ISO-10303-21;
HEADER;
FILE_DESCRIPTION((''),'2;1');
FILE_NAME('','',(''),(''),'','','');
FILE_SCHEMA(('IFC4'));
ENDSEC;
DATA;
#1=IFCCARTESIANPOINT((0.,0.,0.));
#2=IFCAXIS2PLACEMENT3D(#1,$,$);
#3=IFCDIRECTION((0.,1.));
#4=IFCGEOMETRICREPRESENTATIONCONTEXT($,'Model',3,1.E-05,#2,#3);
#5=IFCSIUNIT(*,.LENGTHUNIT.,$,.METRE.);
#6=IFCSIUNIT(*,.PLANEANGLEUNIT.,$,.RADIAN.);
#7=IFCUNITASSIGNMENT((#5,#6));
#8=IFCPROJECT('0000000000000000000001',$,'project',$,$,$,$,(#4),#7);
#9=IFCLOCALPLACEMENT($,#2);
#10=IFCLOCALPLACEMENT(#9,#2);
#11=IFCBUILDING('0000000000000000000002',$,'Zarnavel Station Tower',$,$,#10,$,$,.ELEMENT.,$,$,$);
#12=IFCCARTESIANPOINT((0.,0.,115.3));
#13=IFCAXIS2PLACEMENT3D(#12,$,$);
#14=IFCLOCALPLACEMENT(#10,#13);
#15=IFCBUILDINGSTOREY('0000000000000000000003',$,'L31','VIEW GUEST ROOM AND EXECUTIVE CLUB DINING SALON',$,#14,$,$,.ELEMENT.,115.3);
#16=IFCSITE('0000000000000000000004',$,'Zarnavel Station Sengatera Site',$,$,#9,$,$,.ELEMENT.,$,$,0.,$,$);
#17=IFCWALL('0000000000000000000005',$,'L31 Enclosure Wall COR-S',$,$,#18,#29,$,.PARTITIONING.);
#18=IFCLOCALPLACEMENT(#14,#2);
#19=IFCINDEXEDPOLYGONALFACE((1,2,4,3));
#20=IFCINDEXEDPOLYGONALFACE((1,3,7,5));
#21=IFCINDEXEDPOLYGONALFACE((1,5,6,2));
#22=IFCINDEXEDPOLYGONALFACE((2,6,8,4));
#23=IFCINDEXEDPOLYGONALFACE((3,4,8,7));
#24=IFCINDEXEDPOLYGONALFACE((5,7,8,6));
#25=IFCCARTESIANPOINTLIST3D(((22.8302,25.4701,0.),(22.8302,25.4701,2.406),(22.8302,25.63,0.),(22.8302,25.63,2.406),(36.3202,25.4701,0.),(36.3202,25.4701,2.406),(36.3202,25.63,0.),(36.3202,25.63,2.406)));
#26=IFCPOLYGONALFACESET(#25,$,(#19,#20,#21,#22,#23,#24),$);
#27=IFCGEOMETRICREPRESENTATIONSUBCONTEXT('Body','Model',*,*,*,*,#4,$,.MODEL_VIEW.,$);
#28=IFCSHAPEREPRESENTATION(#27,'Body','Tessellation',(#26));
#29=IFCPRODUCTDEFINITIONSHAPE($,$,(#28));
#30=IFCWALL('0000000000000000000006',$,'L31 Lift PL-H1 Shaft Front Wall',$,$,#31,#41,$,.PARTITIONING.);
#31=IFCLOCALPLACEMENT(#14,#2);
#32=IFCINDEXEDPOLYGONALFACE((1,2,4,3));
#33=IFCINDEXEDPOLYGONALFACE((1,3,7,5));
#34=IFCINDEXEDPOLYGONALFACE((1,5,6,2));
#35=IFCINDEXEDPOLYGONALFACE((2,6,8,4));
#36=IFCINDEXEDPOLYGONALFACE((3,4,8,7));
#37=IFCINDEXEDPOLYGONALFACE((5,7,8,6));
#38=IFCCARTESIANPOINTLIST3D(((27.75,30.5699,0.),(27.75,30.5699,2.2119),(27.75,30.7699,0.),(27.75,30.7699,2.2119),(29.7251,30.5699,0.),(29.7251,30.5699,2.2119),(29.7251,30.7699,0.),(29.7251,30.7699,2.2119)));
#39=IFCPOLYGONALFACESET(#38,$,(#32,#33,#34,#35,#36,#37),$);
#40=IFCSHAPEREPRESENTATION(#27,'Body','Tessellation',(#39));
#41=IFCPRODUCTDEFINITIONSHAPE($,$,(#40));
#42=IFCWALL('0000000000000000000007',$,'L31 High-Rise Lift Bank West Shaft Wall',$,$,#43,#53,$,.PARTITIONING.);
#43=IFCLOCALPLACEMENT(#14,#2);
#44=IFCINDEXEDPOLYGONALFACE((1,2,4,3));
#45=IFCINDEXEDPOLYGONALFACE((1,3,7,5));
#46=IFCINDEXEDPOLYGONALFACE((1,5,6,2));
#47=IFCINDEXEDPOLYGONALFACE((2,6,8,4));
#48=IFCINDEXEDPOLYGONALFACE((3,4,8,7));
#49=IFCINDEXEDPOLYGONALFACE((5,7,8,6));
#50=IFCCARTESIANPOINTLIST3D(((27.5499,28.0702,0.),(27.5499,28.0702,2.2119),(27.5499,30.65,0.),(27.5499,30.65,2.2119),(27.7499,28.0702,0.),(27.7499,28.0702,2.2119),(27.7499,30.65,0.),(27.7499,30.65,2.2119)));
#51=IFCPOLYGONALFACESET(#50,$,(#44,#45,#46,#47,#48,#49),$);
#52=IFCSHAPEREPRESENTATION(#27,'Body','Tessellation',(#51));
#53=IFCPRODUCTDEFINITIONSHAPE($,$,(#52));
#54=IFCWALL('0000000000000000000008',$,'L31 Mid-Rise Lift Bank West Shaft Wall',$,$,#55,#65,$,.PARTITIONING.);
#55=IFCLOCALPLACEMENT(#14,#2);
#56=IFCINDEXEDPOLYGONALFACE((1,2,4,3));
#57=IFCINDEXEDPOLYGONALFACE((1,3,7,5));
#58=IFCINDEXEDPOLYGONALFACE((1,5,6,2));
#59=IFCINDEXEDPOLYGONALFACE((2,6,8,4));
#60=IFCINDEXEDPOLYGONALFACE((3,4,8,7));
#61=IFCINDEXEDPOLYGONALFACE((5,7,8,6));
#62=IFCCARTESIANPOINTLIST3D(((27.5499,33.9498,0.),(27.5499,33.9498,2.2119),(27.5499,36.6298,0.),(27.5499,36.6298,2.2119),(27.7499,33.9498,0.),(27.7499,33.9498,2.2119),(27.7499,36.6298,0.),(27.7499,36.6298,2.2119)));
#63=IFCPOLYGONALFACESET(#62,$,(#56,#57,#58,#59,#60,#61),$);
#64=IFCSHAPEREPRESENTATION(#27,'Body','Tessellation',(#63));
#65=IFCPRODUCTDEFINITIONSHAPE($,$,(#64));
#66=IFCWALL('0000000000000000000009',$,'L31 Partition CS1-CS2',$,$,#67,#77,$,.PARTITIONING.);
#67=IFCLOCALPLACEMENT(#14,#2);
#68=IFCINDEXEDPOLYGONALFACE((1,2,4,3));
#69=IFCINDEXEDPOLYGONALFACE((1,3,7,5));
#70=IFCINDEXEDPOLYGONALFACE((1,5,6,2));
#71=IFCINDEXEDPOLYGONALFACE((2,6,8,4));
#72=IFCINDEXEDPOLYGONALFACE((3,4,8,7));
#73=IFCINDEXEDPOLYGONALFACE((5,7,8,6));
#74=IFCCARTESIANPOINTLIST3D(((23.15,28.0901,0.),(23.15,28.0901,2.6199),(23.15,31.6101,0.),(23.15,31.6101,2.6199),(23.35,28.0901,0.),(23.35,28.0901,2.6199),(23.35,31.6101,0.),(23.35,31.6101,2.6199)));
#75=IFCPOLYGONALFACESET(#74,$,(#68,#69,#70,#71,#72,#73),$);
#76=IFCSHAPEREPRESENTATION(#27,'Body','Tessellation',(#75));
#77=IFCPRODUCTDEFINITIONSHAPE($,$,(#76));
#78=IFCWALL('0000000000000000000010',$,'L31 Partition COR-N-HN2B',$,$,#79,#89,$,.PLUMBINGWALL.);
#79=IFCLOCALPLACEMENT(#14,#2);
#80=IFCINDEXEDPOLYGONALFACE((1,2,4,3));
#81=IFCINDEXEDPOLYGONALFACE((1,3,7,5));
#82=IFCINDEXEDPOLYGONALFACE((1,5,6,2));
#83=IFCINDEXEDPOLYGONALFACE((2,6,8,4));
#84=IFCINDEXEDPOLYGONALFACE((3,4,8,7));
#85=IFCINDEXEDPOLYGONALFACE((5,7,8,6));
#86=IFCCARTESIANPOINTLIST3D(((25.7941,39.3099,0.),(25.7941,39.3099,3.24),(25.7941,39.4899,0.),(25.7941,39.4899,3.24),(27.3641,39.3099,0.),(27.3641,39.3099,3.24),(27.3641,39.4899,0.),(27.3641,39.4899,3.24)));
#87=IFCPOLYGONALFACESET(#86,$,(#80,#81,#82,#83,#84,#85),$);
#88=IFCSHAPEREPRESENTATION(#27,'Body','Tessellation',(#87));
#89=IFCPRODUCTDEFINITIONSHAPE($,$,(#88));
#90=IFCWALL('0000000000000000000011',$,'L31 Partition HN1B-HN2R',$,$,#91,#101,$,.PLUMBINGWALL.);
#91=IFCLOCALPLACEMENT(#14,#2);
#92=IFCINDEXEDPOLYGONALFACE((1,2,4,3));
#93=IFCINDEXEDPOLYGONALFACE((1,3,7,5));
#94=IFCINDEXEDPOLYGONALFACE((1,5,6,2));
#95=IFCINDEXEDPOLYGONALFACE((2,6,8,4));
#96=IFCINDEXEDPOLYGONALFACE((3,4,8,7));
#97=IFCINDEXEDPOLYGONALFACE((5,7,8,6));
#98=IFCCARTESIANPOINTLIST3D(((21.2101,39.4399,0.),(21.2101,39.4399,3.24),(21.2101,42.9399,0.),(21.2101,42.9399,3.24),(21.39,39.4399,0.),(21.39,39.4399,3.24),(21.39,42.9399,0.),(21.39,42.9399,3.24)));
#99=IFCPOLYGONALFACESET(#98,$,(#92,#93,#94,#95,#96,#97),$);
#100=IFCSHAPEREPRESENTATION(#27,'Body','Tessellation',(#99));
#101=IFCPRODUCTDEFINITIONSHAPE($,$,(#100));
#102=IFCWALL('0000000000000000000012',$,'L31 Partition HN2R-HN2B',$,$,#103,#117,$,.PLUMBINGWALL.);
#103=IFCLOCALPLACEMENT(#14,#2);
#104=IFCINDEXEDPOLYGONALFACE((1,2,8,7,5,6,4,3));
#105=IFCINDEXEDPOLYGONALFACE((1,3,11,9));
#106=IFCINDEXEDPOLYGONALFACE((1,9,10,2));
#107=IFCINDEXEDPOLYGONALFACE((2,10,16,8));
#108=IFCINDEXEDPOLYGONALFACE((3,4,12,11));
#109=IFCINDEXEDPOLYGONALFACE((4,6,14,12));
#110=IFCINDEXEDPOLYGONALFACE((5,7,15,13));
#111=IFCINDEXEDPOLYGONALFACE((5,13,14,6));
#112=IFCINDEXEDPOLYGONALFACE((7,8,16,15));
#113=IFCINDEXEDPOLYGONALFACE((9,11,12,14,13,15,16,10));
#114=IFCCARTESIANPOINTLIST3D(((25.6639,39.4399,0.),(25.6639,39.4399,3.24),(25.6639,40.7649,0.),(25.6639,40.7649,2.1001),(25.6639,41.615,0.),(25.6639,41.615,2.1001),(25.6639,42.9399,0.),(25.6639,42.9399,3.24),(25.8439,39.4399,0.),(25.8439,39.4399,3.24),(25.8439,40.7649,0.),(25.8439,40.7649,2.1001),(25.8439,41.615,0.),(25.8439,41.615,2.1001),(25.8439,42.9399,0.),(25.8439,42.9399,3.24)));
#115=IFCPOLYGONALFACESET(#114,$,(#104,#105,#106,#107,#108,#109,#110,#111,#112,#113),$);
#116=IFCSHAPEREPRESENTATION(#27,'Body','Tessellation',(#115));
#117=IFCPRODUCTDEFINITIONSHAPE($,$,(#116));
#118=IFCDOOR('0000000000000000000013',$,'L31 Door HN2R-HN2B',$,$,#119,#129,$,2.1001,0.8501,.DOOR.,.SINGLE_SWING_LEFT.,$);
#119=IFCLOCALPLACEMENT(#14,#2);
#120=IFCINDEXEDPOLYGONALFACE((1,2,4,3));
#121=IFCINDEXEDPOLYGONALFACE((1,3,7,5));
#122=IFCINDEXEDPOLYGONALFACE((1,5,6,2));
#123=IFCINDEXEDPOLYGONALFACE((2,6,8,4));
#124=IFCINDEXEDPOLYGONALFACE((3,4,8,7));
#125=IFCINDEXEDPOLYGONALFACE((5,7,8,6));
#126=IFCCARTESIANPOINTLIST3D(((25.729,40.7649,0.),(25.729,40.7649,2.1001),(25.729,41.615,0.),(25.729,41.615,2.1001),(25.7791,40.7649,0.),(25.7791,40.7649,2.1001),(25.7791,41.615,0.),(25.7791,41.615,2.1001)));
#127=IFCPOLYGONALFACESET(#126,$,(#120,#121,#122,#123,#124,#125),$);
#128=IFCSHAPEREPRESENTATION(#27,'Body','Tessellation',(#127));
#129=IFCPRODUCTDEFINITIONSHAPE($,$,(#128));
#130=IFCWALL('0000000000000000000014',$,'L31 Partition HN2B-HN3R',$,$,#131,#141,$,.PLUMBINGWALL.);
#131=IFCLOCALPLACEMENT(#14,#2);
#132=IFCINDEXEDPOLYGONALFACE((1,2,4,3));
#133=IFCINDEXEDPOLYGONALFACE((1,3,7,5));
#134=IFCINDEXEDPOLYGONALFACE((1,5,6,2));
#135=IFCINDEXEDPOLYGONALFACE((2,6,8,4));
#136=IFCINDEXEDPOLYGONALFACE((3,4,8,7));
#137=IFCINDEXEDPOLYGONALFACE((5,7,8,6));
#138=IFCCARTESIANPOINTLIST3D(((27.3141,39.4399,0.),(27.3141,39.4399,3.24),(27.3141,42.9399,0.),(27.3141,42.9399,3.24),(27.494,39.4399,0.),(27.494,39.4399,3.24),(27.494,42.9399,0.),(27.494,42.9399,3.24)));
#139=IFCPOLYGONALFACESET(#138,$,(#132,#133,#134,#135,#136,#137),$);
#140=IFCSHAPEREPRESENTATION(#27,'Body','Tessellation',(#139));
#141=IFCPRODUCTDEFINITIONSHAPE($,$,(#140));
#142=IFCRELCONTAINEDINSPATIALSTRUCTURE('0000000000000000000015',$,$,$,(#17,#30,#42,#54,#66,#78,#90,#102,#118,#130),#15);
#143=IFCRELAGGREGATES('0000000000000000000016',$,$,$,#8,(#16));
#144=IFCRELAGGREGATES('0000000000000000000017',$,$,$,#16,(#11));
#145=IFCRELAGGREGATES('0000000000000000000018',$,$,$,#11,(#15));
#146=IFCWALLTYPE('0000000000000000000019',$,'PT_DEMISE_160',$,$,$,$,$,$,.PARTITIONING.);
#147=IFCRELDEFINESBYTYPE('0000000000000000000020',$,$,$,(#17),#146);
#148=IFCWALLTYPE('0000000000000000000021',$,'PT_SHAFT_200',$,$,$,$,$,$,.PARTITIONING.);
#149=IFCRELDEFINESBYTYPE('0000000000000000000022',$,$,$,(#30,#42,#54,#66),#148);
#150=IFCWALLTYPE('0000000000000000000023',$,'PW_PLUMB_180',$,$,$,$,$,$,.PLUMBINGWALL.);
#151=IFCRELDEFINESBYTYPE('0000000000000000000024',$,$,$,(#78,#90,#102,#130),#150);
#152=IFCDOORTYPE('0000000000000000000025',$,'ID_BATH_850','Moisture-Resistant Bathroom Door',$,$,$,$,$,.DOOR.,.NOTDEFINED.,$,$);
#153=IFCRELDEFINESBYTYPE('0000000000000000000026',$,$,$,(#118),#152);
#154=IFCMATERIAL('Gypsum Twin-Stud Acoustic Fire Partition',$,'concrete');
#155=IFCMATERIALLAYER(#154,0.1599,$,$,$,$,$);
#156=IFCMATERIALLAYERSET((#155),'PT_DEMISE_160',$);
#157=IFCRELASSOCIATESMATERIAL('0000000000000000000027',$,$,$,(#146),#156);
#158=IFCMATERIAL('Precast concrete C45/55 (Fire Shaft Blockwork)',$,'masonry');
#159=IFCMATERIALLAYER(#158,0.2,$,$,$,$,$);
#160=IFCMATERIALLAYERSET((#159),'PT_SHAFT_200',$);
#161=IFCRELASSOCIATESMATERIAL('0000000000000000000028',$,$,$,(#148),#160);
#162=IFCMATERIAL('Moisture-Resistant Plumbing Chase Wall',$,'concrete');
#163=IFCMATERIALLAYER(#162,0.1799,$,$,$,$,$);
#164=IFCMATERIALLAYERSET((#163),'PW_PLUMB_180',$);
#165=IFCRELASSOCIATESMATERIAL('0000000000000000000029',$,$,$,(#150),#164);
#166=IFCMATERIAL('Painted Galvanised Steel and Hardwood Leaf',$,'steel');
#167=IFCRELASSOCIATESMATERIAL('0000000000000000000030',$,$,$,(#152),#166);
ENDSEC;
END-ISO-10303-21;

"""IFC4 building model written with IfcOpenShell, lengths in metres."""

from ifc_helpers import new_model, si_unit, direction, frame, frame_2d, origin, place, context, subcontext, project, spatial, rectangle, extrude, material, layer, layer_set, type_object, element, fill, save


model = new_model("IFC4")

# Units and contexts
model_context = context("Model", 3, precision=1e-05, world=origin(), true_north=direction((0.0, 1.0)))
body_context = subcontext(model_context, "Body", "Model", "MODEL_VIEW")
ifc_project = project(units=[si_unit("LENGTHUNIT", "METRE"), si_unit("PLANEANGLEUNIT", "RADIAN")], contexts=[model_context])

# Site, building, storey
site_placement = place(None, origin())
site = spatial("IfcSite", under=ifc_project, at=site_placement, Name="Zarnavel Station Sengatera Site", CompositionType="ELEMENT", RefElevation=0.0)
building_placement = place(site_placement, origin())
building = spatial("IfcBuilding", under=site, at=building_placement, Name="Zarnavel Station Tower", CompositionType="ELEMENT")
storey_placement = place(building_placement, frame((0.0, 0.0, 115.3)))
storey = spatial("IfcBuildingStorey", under=building, at=storey_placement, Name="L31", Description="VIEW GUEST ROOM AND EXECUTIVE CLUB DINING SALON", CompositionType="ELEMENT", Elevation=115.3)

# Shared definitions
ifc_material_1 = material(Name="Gypsum Twin-Stud Acoustic Fire Partition", Category="concrete")
ifc_layer_1 = layer(ifc_material_1, 0.1599)
ifc_layer_set_1 = layer_set([ifc_layer_1], Name="PT_DEMISE_160")
wall_type_1 = type_object("IfcWallType", Name="PT_DEMISE_160", PredefinedType="PARTITIONING", material=ifc_layer_set_1)

# Walls
wall_1_placement = place(storey_placement, frame((22.8301, 25.55, 0.0), z_axis=(0.0, 0.0, 1.0), x_axis=(1.0, 0.0, 0.0)))
element("IfcWall", 1, at=wall_1_placement, inside=storey, type_object=wall_type_1, Name="L31 Enclosure Wall COR-S", PredefinedType="PARTITIONING", context=body_context, shape_type="SweptSolid", body=[
    extrude(rectangle(XDim=13.49, YDim=0.1599, at=frame_2d((6.7451, 0.0))), origin(), (0.0, 0.0, 1.0), 2.406),
])
ifc_material_2 = material(Name="Precast concrete C45/55 (Fire Shaft Blockwork)", Category="masonry")
ifc_layer_2 = layer(ifc_material_2, 0.2)
ifc_layer_set_2 = layer_set([ifc_layer_2], Name="PT_SHAFT_200")
wall_type_2 = type_object("IfcWallType", Name="PT_SHAFT_200", PredefinedType="PARTITIONING", material=ifc_layer_set_2)
wall_2_placement = place(storey_placement, frame((27.75, 30.6699, 0.0), z_axis=(0.0, 0.0, 1.0), x_axis=(1.0, 0.0, 0.0)))
element("IfcWall", 2, at=wall_2_placement, inside=storey, type_object=wall_type_2, Name="L31 Lift PL-H1 Shaft Front Wall", PredefinedType="PARTITIONING", context=body_context, shape_type="SweptSolid", body=[
    extrude(rectangle(XDim=1.9751, YDim=0.2, at=frame_2d((0.9875, 0.0))), origin(), (0.0, 0.0, 1.0), 2.2119),
])
wall_3_placement = place(storey_placement, frame((27.6499, 28.0701, 0.0), z_axis=(0.0, 0.0, 1.0), x_axis=(0.0, 1.0, 0.0)))
element("IfcWall", 3, at=wall_3_placement, inside=storey, type_object=wall_type_2, Name="L31 High-Rise Lift Bank West Shaft Wall", PredefinedType="PARTITIONING", context=body_context, shape_type="SweptSolid", body=[
    extrude(rectangle(XDim=2.5798, YDim=0.2, at=frame_2d((1.29, 0.0))), origin(), (0.0, 0.0, 1.0), 2.2119),
])

# Wall
wall_4_placement = place(storey_placement, frame((27.6499, 33.95, 0.0), z_axis=(0.0, 0.0, 1.0), x_axis=(0.0, 1.0, 0.0)))
element("IfcWall", 4, at=wall_4_placement, inside=storey, type_object=wall_type_2, Name="L31 Mid-Rise Lift Bank West Shaft Wall", PredefinedType="PARTITIONING", context=body_context, shape_type="SweptSolid", body=[
    extrude(rectangle(XDim=2.6799, YDim=0.2, at=frame_2d((1.3398, 0.0))), origin(), (0.0, 0.0, 1.0), 2.2119),
])

# Wall
wall_5_placement = place(storey_placement, frame((23.25, 28.0901, 0.0), z_axis=(0.0, 0.0, 1.0), x_axis=(0.0, 1.0, 0.0)))
element("IfcWall", 5, at=wall_5_placement, inside=storey, type_object=wall_type_2, Name="L31 Partition CS1-CS2", PredefinedType="PARTITIONING", context=body_context, shape_type="SweptSolid", body=[
    extrude(rectangle(XDim=3.52, YDim=0.2, at=frame_2d((1.76, 0.0))), origin(), (0.0, 0.0, 1.0), 2.6199),
])

# Walls
ifc_material_3 = material(Name="Moisture-Resistant Plumbing Chase Wall", Category="concrete")
ifc_layer_3 = layer(ifc_material_3, 0.1799)
ifc_layer_set_3 = layer_set([ifc_layer_3], Name="PW_PLUMB_180")
wall_type_3 = type_object("IfcWallType", Name="PW_PLUMB_180", PredefinedType="PLUMBINGWALL", material=ifc_layer_set_3)
wall_6_placement = place(storey_placement, frame((25.7939, 39.3999, 0.0), z_axis=(0.0, 0.0, 1.0), x_axis=(1.0, 0.0, 0.0)))
element("IfcWall", 6, at=wall_6_placement, inside=storey, type_object=wall_type_3, Name="L31 Partition COR-N-HN2B", PredefinedType="PLUMBINGWALL", context=body_context, shape_type="SweptSolid", body=[
    extrude(rectangle(XDim=1.5701, YDim=0.1799, at=frame_2d((0.7852, 0.0))), origin(), (0.0, 0.0, 1.0), 3.24),
])
wall_7_placement = place(storey_placement, frame((21.3, 39.4399, 0.0), z_axis=(0.0, 0.0, 1.0), x_axis=(0.0, 1.0, 0.0)))
element("IfcWall", 7, at=wall_7_placement, inside=storey, type_object=wall_type_3, Name="L31 Partition HN1B-HN2R", PredefinedType="PLUMBINGWALL", context=body_context, shape_type="SweptSolid", body=[
    extrude(rectangle(XDim=3.5, YDim=0.1799, at=frame_2d((1.75, 0.0))), origin(), (0.0, 0.0, 1.0), 3.24),
])

# Wall, opening, door
wall_8_placement = place(storey_placement, frame((25.7539, 39.4399, 0.0), z_axis=(0.0, 0.0, 1.0), x_axis=(0.0, 1.0, 0.0)))
wall_8 = element("IfcWall", 8, at=wall_8_placement, inside=storey, type_object=wall_type_3, Name="L31 Partition HN2R-HN2B", PredefinedType="PLUMBINGWALL", context=body_context, shape_type="SweptSolid", body=[
    extrude(rectangle(XDim=3.5, YDim=0.1799, at=frame_2d((1.75, 0.0))), origin(), (0.0, 0.0, 1.0), 3.24),
])
opening_1_placement = place(wall_8_placement, frame((1.325, 0.0, 0.0)))
opening_1 = element("IfcOpeningElement", 9, at=opening_1_placement, cuts=wall_8, PredefinedType="OPENING", context=body_context, shape_type="SweptSolid", body=[
    extrude(rectangle(XDim=0.8501, YDim=2.1001, at=frame_2d((0.425, 1.05))), frame((0.0, 0.0999, 0.0), z_axis=(0.0, -1.0, 0.0), x_axis=(1.0, 0.0, 0.0)), (0.0, 0.0, 1.0), 0.2),
])
ifc_material_4 = material(Name="Painted Galvanised Steel and Hardwood Leaf", Category="steel")
door_type_1 = type_object("IfcDoorType", Name="ID_BATH_850", Description="Moisture-Resistant Bathroom Door", OperationType="NOTDEFINED", PredefinedType="DOOR", material=ifc_material_4)
door_1_placement = place(opening_1_placement, origin())
door_1 = element("IfcDoor", 10, at=door_1_placement, inside=storey, type_object=door_type_1, Name="L31 Door HN2R-HN2B", OperationType="SINGLE_SWING_LEFT", OverallHeight=2.1001, OverallWidth=0.8501, PredefinedType="DOOR", context=body_context, shape_type="SweptSolid", body=[
    extrude(rectangle(XDim=0.8501, YDim=2.1001, at=frame_2d((0.425, 1.05))), frame((0.0, 0.0249, 0.0), z_axis=(0.0, -1.0, 0.0), x_axis=(1.0, 0.0, 0.0)), (0.0, 0.0, 1.0), 0.05),
])
fill(opening_1, door_1)

# Wall
wall_9_placement = place(storey_placement, frame((27.4041, 39.4399, 0.0), z_axis=(0.0, 0.0, 1.0), x_axis=(0.0, 1.0, 0.0)))
element("IfcWall", 11, at=wall_9_placement, inside=storey, type_object=wall_type_3, Name="L31 Partition HN2B-HN3R", PredefinedType="PLUMBINGWALL", context=body_context, shape_type="SweptSolid", body=[
    extrude(rectangle(XDim=3.5, YDim=0.1799, at=frame_2d((1.75, 0.0))), origin(), (0.0, 0.0, 1.0), 3.24),
])

save(model, "model.ifc")
